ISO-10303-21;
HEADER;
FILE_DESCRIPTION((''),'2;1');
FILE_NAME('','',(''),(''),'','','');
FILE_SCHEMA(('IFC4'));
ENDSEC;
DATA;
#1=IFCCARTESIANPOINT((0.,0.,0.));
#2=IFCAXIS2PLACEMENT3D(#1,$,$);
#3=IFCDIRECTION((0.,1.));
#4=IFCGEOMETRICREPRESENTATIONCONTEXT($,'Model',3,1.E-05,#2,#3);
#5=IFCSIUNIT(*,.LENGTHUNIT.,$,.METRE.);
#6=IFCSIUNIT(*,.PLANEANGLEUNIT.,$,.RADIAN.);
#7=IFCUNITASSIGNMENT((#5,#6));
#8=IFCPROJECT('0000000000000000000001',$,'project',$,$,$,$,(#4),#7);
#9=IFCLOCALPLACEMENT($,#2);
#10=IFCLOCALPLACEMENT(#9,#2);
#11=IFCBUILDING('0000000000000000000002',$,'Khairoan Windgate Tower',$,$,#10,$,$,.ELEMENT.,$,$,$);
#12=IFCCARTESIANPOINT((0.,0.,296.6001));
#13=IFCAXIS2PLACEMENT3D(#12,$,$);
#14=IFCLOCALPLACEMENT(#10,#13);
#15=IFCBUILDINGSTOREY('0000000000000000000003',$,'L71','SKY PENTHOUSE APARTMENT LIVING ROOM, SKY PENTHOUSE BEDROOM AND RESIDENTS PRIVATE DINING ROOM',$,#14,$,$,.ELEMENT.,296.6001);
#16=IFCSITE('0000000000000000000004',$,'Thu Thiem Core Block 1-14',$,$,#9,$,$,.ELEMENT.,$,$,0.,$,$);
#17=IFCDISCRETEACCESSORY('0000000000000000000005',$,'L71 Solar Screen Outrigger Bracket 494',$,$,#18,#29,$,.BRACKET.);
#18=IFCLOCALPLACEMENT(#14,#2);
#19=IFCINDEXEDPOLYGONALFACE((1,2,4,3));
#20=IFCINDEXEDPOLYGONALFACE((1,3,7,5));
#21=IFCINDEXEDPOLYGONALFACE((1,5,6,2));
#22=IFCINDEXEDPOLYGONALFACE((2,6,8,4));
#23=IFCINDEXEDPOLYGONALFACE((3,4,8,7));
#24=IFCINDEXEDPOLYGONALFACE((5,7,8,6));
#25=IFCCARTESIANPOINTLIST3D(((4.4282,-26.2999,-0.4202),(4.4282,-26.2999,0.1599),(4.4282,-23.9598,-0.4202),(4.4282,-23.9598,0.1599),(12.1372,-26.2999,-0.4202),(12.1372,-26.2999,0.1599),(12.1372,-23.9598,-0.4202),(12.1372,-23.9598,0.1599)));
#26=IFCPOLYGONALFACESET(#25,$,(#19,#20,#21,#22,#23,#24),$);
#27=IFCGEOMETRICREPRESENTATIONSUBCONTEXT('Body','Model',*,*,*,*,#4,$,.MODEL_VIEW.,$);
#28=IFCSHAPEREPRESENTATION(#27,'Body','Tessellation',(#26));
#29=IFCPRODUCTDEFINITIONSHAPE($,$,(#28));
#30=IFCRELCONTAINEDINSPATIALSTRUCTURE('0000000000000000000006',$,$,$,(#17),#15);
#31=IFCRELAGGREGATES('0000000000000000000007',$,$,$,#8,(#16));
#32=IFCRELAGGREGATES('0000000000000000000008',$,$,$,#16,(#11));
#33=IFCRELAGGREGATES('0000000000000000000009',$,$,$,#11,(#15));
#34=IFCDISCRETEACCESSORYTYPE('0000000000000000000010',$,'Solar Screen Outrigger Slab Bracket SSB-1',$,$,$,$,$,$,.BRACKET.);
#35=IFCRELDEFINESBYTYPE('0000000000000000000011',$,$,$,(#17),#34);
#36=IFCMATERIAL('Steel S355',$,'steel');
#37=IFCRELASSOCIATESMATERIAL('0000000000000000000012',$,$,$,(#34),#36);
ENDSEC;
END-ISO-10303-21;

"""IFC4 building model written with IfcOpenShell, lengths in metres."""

from ifc_helpers import new_model, si_unit, direction, frame, origin, origin_2d, place, context, subcontext, project, spatial, rectangle, extrude, material, type_object, element, save


model = new_model("IFC4")

# Units and contexts
model_context = context("Model", 3, precision=1e-05, world=origin(), true_north=direction((0.0, 1.0)))
body_context = subcontext(model_context, "Body", "Model", "MODEL_VIEW")
ifc_project = project(units=[si_unit("LENGTHUNIT", "METRE"), si_unit("PLANEANGLEUNIT", "RADIAN")], contexts=[model_context])

# Site, building, storey
site_placement = place(None, origin())
site = spatial("IfcSite", under=ifc_project, at=site_placement, Name="Thu Thiem Core Block 1-14", CompositionType="ELEMENT", RefElevation=0.0)
building_placement = place(site_placement, origin())
building = spatial("IfcBuilding", under=site, at=building_placement, Name="Khairoan Windgate Tower", CompositionType="ELEMENT")
storey_placement = place(building_placement, frame((0.0, 0.0, 296.6001)))
storey = spatial("IfcBuildingStorey", under=building, at=storey_placement, Name="L71", Description="SKY PENTHOUSE APARTMENT LIVING ROOM, SKY PENTHOUSE BEDROOM AND RESIDENTS PRIVATE DINING ROOM", CompositionType="ELEMENT", Elevation=296.6001)

# Discrete accessory
ifc_material_1 = material(Name="Steel S355", Category="steel")
discrete_accessory_type = type_object("IfcDiscreteAccessoryType", Name="Solar Screen Outrigger Slab Bracket SSB-1", PredefinedType="BRACKET", material=ifc_material_1)
discrete_accessory_placement = place(storey_placement, frame((8.2827, -25.1299, -0.4202), z_axis=(0.0, 0.0, 1.0), x_axis=(-1.0, 0.0, 0.0)))
element("IfcDiscreteAccessory", 1, at=discrete_accessory_placement, inside=storey, type_object=discrete_accessory_type, Name="L71 Solar Screen Outrigger Bracket 494", PredefinedType="BRACKET", context=body_context, shape_type="SweptSolid", body=[
    extrude(rectangle(XDim=7.709, YDim=2.3401, at=origin_2d()), origin(), (0.0, 0.0, 1.0), 0.5801),
])

save(model, "model.ifc")
